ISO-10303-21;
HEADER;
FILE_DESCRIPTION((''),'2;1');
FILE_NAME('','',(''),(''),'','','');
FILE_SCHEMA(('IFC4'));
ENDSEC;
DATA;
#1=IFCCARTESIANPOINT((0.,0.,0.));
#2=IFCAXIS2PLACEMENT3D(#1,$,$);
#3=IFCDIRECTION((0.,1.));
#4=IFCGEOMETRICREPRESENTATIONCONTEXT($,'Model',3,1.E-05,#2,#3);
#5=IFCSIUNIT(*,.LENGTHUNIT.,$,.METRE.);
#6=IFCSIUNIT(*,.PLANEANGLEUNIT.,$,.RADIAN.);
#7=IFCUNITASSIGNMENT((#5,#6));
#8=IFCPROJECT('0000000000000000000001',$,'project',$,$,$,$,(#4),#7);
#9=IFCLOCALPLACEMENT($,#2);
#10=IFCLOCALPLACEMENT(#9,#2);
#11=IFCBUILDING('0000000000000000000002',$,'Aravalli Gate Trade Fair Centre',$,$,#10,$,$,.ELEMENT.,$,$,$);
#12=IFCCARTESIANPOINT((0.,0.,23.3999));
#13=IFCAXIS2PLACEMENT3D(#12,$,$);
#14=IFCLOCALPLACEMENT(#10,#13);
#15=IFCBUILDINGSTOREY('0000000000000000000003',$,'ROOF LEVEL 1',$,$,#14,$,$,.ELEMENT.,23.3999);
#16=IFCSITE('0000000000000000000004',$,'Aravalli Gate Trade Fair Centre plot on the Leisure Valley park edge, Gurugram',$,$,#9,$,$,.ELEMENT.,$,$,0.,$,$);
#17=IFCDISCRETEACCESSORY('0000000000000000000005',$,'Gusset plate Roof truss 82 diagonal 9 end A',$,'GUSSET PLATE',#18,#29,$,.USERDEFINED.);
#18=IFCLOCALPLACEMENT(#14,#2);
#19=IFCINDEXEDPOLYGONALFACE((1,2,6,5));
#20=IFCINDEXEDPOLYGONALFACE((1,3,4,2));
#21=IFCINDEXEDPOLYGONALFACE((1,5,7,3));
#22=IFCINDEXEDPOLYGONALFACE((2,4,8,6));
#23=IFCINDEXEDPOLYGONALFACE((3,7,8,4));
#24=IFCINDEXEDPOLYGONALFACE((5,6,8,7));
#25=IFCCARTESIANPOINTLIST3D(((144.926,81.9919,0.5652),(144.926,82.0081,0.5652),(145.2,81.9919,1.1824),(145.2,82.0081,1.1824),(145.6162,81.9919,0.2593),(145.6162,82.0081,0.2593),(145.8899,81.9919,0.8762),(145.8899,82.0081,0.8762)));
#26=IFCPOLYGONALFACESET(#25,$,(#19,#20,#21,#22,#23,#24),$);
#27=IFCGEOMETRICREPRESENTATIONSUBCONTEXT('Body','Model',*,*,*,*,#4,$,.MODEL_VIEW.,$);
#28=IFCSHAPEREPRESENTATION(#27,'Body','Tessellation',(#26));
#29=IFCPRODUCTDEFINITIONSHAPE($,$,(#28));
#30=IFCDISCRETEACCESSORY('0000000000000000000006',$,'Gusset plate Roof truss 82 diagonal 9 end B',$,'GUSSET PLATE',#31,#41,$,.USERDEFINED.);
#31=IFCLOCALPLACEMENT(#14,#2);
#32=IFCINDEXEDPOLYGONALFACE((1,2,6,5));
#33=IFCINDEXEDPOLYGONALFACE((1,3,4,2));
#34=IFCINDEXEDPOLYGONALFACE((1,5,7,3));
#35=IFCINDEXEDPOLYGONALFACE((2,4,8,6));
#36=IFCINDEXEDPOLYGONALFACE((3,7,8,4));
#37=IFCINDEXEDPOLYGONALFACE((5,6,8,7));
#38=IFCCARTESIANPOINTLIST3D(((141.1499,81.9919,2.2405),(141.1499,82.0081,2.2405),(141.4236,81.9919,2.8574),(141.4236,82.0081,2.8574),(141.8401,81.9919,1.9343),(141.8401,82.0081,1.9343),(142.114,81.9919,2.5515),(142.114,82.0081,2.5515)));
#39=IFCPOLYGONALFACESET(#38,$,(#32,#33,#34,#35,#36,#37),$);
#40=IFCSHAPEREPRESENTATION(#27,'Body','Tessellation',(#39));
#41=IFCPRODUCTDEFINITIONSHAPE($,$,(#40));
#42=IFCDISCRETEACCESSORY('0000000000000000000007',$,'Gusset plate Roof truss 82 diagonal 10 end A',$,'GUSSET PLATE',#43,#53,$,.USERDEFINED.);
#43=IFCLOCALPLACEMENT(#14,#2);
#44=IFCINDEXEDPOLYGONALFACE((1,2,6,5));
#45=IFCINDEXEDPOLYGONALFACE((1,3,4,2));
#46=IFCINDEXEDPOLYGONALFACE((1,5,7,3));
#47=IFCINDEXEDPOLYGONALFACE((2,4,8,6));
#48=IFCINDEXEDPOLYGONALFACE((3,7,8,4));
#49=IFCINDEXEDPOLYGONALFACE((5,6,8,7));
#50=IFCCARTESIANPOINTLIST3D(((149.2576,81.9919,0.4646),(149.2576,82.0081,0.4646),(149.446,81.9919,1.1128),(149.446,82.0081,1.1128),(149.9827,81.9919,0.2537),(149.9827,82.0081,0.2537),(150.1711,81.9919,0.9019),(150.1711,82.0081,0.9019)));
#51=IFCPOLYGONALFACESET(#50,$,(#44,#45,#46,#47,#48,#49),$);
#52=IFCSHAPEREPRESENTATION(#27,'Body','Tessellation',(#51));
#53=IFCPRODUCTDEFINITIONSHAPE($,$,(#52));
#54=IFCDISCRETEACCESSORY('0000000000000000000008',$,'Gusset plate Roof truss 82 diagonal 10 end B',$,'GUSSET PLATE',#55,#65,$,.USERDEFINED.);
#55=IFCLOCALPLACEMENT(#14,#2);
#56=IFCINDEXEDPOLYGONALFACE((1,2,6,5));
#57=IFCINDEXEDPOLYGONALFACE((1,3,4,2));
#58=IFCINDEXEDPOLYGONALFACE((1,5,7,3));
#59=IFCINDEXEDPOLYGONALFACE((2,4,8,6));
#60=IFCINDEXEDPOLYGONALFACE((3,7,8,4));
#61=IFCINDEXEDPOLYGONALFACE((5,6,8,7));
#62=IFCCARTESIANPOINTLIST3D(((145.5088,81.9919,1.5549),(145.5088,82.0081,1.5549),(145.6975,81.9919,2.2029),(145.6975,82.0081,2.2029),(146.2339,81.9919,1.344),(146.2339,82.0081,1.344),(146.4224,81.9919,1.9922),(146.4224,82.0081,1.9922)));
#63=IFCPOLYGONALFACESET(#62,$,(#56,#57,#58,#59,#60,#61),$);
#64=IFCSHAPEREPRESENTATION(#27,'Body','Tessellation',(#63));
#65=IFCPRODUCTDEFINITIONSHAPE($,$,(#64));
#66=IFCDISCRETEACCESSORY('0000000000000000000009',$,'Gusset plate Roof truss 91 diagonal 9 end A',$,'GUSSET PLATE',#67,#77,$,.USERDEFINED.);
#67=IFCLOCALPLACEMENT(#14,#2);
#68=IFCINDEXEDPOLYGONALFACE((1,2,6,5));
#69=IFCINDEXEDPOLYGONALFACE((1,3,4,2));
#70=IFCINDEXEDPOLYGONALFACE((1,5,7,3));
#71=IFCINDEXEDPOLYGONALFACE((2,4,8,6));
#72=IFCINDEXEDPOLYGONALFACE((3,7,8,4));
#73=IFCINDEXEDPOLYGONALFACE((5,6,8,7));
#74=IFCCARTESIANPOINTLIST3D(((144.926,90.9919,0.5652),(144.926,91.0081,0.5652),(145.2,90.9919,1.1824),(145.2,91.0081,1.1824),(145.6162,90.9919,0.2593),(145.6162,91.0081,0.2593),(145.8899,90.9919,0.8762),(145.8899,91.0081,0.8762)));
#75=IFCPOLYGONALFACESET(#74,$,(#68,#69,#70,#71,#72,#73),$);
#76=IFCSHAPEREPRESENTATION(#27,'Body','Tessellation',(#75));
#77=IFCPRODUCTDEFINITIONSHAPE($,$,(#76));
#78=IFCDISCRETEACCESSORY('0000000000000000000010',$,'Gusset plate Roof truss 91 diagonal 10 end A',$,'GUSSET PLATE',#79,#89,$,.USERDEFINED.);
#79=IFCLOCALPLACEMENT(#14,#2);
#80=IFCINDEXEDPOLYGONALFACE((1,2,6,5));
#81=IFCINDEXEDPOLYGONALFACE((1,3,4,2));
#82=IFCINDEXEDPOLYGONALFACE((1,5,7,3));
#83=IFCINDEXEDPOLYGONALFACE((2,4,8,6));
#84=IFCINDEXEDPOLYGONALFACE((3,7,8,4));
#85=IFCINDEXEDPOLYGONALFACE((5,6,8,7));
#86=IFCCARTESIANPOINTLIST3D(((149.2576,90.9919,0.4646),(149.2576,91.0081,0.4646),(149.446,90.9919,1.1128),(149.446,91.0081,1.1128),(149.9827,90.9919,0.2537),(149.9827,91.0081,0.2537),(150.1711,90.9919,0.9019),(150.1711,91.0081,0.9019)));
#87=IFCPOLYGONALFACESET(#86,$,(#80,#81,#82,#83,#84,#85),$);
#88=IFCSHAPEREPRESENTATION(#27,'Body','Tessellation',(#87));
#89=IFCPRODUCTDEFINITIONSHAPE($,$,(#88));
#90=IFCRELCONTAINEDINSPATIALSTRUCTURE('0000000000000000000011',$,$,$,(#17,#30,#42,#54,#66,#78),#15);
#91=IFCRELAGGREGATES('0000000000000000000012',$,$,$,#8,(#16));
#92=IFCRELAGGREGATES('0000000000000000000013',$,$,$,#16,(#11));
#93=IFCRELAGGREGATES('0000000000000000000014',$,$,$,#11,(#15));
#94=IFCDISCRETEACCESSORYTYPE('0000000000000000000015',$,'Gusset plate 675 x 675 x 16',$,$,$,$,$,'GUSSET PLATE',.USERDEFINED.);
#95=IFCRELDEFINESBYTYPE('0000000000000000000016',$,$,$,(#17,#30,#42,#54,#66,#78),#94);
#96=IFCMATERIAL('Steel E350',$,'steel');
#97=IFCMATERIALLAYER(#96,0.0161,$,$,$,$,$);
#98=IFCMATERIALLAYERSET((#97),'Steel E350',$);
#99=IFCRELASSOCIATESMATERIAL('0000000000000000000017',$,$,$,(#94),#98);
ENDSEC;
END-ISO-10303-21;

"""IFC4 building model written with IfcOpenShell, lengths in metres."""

from ifc_helpers import new_model, si_unit, direction, frame, origin, place, context, subcontext, project, spatial, polyline, outline, extrude, material, layer, layer_set, type_object, element, save


model = new_model("IFC4")

# Units and contexts
model_context = context("Model", 3, precision=1e-05, world=origin(), true_north=direction((0.0, 1.0)))
body_context = subcontext(model_context, "Body", "Model", "MODEL_VIEW")
ifc_project = project(units=[si_unit("LENGTHUNIT", "METRE"), si_unit("PLANEANGLEUNIT", "RADIAN")], contexts=[model_context])

# Site, building, storey
site_placement = place(None, origin())
site = spatial("IfcSite", under=ifc_project, at=site_placement, Name="Aravalli Gate Trade Fair Centre plot on the Leisure Valley park edge, Gurugram", CompositionType="ELEMENT", RefElevation=0.0)
building_placement = place(site_placement, origin())
building = spatial("IfcBuilding", under=site, at=building_placement, Name="Aravalli Gate Trade Fair Centre", CompositionType="ELEMENT")
storey_placement = place(building_placement, frame((0.0, 0.0, 23.3999)))
storey = spatial("IfcBuildingStorey", under=building, at=storey_placement, Name="ROOF LEVEL 1", CompositionType="ELEMENT", Elevation=23.3999)

# Shared definitions
ifc_material_1 = material(Name="Steel E350", Category="steel")

# Discrete accessories
ifc_layer_1 = layer(ifc_material_1, 0.0161)
ifc_layer_set_1 = layer_set([ifc_layer_1], Name="Steel E350")
discrete_accessory_type_1 = type_object("IfcDiscreteAccessoryType", Name="Gusset plate 675 x 675 x 16", ElementType="GUSSET PLATE", PredefinedType="USERDEFINED", material=ifc_layer_set_1)
discrete_accessory_1_placement = place(storey_placement, frame((144.926, 81.9919, 0.5652), z_axis=(0.0, -1.0, 0.0), x_axis=(0.914224, 0.0, -0.405208)))
element("IfcDiscreteAccessory", 1, at=discrete_accessory_1_placement, inside=storey, type_object=discrete_accessory_type_1, Name="Gusset plate Roof truss 82 diagonal 9 end A", ObjectType="GUSSET PLATE", PredefinedType="USERDEFINED", context=body_context, shape_type="SweptSolid", body=[
    extrude(outline(polyline([(0.0, 0.0), (0.7549, 0.0), (0.7552, 0.6749), (0.0003, 0.6752), (0.0, 0.0)])), origin(), (0.0, 0.0, -1.0), 0.0161),
])
discrete_accessory_2_placement = place(storey_placement, frame((141.8401, 82.0081, 1.9343), z_axis=(0.0, 1.0, 0.0), x_axis=(-0.914105, 0.0, 0.405478)))
element("IfcDiscreteAccessory", 2, at=discrete_accessory_2_placement, inside=storey, type_object=discrete_accessory_type_1, Name="Gusset plate Roof truss 82 diagonal 9 end B", ObjectType="GUSSET PLATE", PredefinedType="USERDEFINED", context=body_context, shape_type="SweptSolid", body=[
    extrude(outline(polyline([(0.0, 0.0), (0.755, 0.0), (0.755, 0.6749), (-0.0001, 0.6752), (0.0, 0.0)])), origin(), (0.0, 0.0, -1.0), 0.0161),
])
discrete_accessory_3_placement = place(storey_placement, frame((149.2576, 81.9919, 0.4646), z_axis=(0.0, -1.0, 0.0), x_axis=(0.960195, 0.0, -0.27933)))
element("IfcDiscreteAccessory", 3, at=discrete_accessory_3_placement, inside=storey, type_object=discrete_accessory_type_1, Name="Gusset plate Roof truss 82 diagonal 10 end A", ObjectType="GUSSET PLATE", PredefinedType="USERDEFINED", context=body_context, shape_type="SweptSolid", body=[
    extrude(outline(polyline([(0.0, 0.0), (0.7552, 0.0), (0.7551, 0.675), (-0.0001, 0.675), (0.0, 0.0)])), origin(), (0.0, 0.0, -1.0), 0.0161),
])
discrete_accessory_4_placement = place(storey_placement, frame((146.2339, 82.0081, 1.344), z_axis=(0.0, 1.0, 0.0), x_axis=(-0.960195, 0.0, 0.27933)))
element("IfcDiscreteAccessory", 4, at=discrete_accessory_4_placement, inside=storey, type_object=discrete_accessory_type_1, Name="Gusset plate Roof truss 82 diagonal 10 end B", ObjectType="GUSSET PLATE", PredefinedType="USERDEFINED", context=body_context, shape_type="SweptSolid", body=[
    extrude(outline(polyline([(0.0, 0.0), (0.7552, 0.0), (0.7549, 0.6749), (0.0001, 0.675), (0.0, 0.0)])), origin(), (0.0, 0.0, -1.0), 0.0161),
])
discrete_accessory_5_placement = place(storey_placement, frame((144.926, 90.9919, 0.5652), z_axis=(0.0, -1.0, 0.0), x_axis=(0.914224, 0.0, -0.405208)))
element("IfcDiscreteAccessory", 5, at=discrete_accessory_5_placement, inside=storey, type_object=discrete_accessory_type_1, Name="Gusset plate Roof truss 91 diagonal 9 end A", ObjectType="GUSSET PLATE", PredefinedType="USERDEFINED", context=body_context, shape_type="SweptSolid", body=[
    extrude(outline(polyline([(0.0, 0.0), (0.7549, 0.0), (0.7552, 0.6749), (0.0003, 0.6752), (0.0, 0.0)])), origin(), (0.0, 0.0, -1.0), 0.0161),
])
discrete_accessory_6_placement = place(storey_placement, frame((149.2576, 90.9919, 0.4646), z_axis=(0.0, -1.0, 0.0), x_axis=(0.960195, 0.0, -0.27933)))
element("IfcDiscreteAccessory", 6, at=discrete_accessory_6_placement, inside=storey, type_object=discrete_accessory_type_1, Name="Gusset plate Roof truss 91 diagonal 10 end A", ObjectType="GUSSET PLATE", PredefinedType="USERDEFINED", context=body_context, shape_type="SweptSolid", body=[
    extrude(outline(polyline([(0.0, 0.0), (0.7552, 0.0), (0.7551, 0.675), (-0.0001, 0.675), (0.0, 0.0)])), origin(), (0.0, 0.0, -1.0), 0.0161),
])

save(model, "model.ifc")
